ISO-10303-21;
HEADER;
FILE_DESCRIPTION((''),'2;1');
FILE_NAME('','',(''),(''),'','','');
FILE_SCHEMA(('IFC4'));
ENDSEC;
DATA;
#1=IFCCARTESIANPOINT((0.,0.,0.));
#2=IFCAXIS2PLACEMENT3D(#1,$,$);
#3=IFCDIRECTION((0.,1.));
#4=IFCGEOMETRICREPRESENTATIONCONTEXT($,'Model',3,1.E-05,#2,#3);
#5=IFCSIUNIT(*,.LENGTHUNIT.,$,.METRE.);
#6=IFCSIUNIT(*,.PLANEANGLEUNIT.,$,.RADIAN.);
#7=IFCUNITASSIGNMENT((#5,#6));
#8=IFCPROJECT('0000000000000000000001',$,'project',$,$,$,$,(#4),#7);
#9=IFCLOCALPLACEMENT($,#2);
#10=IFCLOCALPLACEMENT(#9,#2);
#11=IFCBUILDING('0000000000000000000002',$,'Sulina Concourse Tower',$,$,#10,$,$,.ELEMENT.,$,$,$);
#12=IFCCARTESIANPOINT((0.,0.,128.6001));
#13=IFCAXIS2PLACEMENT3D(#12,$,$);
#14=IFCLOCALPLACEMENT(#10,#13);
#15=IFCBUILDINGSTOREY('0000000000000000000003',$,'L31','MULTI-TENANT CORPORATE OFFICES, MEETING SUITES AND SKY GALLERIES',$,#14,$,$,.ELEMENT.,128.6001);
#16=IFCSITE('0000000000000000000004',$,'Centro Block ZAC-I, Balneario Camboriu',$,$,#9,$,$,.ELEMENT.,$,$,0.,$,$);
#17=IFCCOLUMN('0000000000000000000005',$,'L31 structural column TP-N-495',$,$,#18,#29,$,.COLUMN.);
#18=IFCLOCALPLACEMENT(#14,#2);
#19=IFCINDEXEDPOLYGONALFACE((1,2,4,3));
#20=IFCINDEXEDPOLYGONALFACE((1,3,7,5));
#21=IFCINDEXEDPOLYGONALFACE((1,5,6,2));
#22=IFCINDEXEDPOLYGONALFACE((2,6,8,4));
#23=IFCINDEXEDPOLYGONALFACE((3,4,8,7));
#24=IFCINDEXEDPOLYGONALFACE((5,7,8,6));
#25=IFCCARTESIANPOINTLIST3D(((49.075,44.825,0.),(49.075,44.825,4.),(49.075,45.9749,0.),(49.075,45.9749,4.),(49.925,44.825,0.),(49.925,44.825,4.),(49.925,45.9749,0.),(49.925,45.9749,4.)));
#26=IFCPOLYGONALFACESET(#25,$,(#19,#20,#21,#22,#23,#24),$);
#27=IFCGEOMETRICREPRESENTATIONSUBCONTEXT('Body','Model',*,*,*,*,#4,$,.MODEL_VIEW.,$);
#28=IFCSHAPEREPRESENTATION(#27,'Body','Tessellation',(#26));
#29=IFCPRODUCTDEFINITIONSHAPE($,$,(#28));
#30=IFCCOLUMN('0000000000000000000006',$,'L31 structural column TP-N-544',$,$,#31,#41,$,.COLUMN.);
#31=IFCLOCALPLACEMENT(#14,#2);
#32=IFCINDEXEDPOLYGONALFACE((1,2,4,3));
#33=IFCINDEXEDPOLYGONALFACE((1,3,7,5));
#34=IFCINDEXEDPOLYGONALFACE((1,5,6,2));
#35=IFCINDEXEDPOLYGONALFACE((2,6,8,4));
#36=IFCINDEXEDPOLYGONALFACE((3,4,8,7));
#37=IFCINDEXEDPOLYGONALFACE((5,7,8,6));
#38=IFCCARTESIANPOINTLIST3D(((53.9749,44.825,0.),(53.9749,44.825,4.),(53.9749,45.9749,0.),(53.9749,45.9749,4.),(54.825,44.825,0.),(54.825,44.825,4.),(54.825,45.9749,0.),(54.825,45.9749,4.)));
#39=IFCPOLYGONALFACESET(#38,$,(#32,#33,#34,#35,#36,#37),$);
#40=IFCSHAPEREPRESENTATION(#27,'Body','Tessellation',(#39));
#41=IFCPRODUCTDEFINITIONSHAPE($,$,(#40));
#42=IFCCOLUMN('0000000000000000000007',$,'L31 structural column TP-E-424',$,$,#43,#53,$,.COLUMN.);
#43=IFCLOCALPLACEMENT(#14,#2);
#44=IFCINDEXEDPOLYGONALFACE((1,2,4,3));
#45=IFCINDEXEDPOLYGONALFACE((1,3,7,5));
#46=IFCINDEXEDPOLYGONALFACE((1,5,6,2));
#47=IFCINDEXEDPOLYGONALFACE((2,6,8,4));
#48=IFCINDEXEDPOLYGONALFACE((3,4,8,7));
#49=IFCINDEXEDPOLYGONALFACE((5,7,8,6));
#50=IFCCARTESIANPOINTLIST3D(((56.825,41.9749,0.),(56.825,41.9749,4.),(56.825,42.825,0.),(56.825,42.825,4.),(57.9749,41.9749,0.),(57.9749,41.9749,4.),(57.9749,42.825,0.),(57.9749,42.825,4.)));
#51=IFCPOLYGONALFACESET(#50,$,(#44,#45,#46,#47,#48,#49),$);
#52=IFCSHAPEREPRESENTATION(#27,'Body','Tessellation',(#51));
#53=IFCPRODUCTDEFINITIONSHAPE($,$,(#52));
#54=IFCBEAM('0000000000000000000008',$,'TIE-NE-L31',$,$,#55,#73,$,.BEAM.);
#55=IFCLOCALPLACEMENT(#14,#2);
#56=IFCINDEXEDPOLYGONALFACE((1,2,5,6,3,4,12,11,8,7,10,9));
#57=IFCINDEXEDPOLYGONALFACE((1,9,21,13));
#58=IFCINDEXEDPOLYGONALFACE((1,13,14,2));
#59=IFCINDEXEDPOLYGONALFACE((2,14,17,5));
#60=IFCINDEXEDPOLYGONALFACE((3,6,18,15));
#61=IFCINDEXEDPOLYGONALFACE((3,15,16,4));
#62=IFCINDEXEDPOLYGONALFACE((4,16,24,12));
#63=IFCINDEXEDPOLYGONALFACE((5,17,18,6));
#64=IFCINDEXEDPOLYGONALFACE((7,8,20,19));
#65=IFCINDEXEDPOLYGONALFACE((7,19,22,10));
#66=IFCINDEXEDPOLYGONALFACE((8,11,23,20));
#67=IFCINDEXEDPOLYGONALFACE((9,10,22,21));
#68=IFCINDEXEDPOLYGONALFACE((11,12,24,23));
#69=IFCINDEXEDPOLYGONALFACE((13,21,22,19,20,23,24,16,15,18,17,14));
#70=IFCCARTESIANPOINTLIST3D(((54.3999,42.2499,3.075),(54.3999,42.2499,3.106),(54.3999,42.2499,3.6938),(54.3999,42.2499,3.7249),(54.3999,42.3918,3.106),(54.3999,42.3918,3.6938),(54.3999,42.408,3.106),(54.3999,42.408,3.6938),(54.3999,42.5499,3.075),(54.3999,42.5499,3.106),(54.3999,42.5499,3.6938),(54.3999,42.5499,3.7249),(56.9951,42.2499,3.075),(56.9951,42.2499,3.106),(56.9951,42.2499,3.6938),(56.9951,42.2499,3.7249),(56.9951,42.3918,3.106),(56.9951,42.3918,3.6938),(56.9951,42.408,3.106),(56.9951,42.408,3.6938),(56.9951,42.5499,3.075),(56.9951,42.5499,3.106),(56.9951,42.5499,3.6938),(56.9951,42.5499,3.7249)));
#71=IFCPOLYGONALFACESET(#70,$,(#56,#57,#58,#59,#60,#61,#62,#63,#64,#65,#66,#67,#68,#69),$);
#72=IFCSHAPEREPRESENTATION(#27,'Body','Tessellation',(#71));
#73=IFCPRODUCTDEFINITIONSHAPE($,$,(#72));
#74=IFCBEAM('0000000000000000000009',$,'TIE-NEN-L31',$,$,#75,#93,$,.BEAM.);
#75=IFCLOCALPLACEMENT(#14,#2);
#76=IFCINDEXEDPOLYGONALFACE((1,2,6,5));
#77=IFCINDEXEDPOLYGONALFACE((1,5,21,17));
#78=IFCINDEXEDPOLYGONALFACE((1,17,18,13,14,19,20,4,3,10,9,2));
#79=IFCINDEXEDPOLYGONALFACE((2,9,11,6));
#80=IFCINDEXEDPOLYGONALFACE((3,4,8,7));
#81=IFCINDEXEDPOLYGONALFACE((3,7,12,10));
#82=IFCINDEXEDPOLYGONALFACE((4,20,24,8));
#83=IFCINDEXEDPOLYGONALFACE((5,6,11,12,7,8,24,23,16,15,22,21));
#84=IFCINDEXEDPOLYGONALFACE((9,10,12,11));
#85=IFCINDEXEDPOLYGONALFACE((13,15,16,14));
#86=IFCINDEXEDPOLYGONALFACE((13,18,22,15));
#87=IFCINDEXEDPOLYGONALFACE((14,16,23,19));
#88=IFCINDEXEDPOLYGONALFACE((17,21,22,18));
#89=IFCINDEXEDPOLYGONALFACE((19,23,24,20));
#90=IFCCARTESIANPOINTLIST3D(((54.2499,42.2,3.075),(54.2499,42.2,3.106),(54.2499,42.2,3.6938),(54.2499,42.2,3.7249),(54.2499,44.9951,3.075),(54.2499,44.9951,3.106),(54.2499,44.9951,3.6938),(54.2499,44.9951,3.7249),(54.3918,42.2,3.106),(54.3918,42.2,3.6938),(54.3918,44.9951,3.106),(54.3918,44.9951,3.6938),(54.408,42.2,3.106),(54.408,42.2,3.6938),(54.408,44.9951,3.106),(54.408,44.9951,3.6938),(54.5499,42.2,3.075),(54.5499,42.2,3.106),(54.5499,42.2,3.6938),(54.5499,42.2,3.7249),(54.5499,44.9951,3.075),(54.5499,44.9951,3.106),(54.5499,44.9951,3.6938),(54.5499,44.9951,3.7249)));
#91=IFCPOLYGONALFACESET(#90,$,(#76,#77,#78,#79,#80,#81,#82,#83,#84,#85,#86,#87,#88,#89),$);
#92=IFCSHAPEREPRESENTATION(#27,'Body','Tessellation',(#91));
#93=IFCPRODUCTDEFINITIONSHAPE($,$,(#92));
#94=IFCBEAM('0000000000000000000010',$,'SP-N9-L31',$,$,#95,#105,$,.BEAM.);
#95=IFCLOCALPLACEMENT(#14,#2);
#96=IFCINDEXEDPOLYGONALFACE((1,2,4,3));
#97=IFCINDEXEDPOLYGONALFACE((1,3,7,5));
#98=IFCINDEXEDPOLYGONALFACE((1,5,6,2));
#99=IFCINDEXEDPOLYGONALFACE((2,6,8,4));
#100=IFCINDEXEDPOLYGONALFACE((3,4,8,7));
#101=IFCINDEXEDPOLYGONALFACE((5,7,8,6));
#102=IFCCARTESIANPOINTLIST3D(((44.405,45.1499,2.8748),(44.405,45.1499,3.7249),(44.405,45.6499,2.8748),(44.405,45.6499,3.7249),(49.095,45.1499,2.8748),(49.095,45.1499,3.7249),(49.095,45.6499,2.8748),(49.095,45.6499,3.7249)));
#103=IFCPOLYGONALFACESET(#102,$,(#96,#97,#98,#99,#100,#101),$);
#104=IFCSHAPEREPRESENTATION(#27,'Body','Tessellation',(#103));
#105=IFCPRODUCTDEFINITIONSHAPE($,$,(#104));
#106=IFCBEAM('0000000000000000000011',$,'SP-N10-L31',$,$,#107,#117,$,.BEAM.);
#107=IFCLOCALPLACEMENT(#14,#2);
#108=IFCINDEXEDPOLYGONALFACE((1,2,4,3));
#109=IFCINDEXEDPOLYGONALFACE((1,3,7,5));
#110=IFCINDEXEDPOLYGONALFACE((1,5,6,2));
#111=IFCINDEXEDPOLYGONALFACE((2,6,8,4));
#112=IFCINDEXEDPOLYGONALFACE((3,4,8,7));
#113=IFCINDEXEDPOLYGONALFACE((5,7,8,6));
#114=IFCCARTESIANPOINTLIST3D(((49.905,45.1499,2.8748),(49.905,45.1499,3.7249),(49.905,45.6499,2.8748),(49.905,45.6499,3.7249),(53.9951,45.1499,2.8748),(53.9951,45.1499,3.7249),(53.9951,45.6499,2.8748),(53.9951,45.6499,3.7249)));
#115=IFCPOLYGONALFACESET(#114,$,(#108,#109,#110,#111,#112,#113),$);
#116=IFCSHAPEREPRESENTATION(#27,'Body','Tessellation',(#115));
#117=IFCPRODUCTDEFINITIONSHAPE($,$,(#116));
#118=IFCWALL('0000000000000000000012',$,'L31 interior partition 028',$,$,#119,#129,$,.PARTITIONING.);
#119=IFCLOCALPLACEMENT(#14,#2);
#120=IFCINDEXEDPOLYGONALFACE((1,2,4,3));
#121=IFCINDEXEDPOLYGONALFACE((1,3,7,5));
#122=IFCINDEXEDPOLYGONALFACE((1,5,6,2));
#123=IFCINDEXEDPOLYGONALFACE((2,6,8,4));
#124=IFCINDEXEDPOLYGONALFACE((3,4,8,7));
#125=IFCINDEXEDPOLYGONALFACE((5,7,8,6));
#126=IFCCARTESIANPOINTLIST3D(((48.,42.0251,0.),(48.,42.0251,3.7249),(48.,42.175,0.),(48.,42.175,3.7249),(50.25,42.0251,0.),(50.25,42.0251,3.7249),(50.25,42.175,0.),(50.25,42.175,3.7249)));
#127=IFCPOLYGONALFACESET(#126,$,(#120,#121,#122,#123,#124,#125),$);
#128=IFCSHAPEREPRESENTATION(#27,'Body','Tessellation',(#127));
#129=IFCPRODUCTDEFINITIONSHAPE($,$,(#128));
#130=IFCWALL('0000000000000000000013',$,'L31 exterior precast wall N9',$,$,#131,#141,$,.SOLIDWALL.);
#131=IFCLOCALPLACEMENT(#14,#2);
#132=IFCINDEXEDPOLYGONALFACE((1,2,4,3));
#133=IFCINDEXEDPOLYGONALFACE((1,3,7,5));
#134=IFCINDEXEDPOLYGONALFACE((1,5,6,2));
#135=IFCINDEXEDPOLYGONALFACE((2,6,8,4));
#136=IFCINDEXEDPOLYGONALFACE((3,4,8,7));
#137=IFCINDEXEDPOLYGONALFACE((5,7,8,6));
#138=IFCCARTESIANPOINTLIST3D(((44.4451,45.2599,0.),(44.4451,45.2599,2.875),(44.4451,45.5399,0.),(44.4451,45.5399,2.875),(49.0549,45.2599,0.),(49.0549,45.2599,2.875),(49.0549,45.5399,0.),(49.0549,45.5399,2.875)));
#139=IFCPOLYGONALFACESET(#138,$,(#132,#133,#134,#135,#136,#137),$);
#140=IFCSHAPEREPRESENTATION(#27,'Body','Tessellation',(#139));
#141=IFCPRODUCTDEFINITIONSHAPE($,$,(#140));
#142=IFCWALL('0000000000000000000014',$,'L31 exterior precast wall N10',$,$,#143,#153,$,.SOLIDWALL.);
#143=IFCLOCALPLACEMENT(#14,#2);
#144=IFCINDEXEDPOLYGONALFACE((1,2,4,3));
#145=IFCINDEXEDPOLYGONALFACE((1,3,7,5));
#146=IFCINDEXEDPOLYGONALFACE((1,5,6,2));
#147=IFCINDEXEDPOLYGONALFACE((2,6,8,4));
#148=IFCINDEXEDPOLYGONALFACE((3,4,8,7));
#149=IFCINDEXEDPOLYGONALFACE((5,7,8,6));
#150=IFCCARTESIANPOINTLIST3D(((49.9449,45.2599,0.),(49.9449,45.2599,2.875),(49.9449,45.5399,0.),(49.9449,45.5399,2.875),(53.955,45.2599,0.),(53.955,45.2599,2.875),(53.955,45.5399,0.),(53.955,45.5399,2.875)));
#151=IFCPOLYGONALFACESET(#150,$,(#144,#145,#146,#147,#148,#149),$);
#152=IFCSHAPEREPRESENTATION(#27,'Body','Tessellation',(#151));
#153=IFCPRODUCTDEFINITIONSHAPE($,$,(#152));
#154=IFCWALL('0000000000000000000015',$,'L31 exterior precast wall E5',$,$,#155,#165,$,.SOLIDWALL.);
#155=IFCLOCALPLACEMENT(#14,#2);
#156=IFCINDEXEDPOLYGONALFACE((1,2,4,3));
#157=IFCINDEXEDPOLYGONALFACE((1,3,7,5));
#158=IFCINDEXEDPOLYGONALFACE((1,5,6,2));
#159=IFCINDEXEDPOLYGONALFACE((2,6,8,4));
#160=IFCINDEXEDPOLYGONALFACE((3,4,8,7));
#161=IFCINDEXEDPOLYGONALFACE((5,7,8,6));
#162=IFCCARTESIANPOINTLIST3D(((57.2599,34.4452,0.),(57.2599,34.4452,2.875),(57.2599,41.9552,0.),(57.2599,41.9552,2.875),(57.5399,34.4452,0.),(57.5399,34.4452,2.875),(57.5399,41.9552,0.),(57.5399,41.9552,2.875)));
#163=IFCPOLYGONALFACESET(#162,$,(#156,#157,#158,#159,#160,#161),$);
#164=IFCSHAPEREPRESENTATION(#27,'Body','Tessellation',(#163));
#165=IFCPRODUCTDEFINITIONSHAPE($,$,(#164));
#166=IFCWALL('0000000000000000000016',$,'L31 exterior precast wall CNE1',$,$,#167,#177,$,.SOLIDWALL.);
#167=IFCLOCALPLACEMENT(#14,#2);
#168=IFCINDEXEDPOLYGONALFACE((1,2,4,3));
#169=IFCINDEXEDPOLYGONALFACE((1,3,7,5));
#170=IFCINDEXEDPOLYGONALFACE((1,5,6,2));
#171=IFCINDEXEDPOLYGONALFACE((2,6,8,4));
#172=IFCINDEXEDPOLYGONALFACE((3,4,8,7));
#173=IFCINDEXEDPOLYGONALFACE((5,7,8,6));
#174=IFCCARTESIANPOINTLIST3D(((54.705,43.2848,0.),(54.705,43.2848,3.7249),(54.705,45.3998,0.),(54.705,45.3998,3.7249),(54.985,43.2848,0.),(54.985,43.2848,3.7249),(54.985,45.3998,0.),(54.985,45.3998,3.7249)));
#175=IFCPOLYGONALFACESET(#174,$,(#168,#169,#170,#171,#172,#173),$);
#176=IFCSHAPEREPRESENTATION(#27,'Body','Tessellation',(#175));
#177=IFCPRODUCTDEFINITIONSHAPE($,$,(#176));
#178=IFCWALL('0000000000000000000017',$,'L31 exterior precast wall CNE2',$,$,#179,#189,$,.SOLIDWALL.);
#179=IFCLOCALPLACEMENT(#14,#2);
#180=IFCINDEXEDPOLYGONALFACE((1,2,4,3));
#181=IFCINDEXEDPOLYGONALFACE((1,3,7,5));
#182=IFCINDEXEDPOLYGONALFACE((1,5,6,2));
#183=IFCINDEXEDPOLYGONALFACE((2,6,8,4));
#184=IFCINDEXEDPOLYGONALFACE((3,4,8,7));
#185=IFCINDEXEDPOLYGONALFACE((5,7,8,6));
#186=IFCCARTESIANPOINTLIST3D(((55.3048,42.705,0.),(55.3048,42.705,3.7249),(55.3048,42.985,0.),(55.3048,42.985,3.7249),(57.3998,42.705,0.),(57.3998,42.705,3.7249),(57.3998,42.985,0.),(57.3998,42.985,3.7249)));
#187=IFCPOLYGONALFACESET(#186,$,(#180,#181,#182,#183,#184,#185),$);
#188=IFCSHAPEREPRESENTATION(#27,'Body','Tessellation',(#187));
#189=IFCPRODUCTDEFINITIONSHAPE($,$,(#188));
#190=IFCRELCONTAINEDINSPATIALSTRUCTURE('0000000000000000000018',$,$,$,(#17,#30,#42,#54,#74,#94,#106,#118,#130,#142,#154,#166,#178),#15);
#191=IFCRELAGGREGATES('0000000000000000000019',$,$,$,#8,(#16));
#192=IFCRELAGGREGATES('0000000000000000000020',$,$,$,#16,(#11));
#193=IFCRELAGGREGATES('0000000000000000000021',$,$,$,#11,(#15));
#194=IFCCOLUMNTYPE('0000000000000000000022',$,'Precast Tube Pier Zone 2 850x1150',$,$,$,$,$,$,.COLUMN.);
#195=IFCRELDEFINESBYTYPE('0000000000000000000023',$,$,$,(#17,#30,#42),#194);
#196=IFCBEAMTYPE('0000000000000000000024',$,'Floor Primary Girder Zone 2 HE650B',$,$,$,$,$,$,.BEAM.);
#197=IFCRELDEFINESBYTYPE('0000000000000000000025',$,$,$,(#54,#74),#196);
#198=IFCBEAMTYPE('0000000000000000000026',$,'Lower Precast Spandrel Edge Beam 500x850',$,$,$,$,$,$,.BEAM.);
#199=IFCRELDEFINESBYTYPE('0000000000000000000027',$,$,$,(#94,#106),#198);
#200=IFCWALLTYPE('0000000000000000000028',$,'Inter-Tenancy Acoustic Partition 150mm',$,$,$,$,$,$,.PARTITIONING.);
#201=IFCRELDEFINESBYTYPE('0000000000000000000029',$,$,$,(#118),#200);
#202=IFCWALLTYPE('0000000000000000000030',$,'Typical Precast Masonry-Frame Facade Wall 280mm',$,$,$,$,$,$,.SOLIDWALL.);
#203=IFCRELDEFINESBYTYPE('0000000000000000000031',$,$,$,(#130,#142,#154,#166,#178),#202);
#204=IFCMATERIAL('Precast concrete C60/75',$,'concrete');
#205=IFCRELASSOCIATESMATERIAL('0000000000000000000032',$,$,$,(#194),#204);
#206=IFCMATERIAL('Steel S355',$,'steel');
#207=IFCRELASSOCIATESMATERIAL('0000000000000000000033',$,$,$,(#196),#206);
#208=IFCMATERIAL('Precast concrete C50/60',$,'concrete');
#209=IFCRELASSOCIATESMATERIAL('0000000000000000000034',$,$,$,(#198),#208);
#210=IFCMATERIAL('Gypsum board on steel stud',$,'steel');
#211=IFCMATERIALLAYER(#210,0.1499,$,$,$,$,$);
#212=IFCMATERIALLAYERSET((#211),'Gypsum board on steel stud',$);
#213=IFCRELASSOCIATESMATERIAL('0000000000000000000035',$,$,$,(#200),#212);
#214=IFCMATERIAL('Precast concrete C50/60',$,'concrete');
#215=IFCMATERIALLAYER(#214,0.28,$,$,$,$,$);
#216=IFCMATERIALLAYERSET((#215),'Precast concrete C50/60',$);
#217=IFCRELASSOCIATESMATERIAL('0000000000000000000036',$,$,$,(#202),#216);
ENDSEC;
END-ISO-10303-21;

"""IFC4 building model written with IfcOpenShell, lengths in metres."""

from ifc_helpers import new_model, si_unit, direction, frame, frame_2d, origin, origin_2d, place, context, subcontext, project, spatial, rectangle, i_section, extrude, material, layer, layer_set, material_profile, profile_set, type_object, element, save


model = new_model("IFC4")

# Units and contexts
model_context = context("Model", 3, precision=1e-05, world=origin(), true_north=direction((0.0, 1.0)))
body_context = subcontext(model_context, "Body", "Model", "MODEL_VIEW")
ifc_project = project(units=[si_unit("LENGTHUNIT", "METRE"), si_unit("PLANEANGLEUNIT", "RADIAN")], contexts=[model_context])

# Site, building, storey
site_placement = place(None, origin())
site = spatial("IfcSite", under=ifc_project, at=site_placement, Name="Centro Block ZAC-I, Balneario Camboriu", CompositionType="ELEMENT", RefElevation=0.0)
building_placement = place(site_placement, origin())
building = spatial("IfcBuilding", under=site, at=building_placement, Name="Sulina Concourse Tower", CompositionType="ELEMENT")
storey_placement = place(building_placement, frame((0.0, 0.0, 128.6001)))
storey = spatial("IfcBuildingStorey", under=building, at=storey_placement, Name="L31", Description="MULTI-TENANT CORPORATE OFFICES, MEETING SUITES AND SKY GALLERIES", CompositionType="ELEMENT", Elevation=128.6001)

# Columns
ifc_material_1 = material(Name="Precast concrete C60/75", Category="concrete")
ifc_material_profile_1 = material_profile(ifc_material_1, rectangle(XDim=0.8501, YDim=1.1499, at=origin_2d()), Name="PC 850x1150")
ifc_profile_set_1 = profile_set([ifc_material_profile_1], Name="Precast concrete C60/75")
column_type = type_object("IfcColumnType", Name="Precast Tube Pier Zone 2 850x1150", PredefinedType="COLUMN", material=ifc_profile_set_1)
for number, where, z_axis, x_axis, name in (
    (1, (49.5, 45.3999, 0.0), (0.0, 0.0, 1.0), (1.0, 0.0, 0.0), "L31 structural column TP-N-495"),
    (2, (54.3999, 45.3999, 0.0), (0.0, 0.0, 1.0), (1.0, 0.0, 0.0), "L31 structural column TP-N-544"),
    (3, (57.3999, 42.3999, 0.0), (0.0, 0.0, 1.0), (0.0, 1.0, 0.0), "L31 structural column TP-E-424"),
):
    element("IfcColumn", number, at=place(storey_placement, frame(where, z_axis=z_axis, x_axis=x_axis)), inside=storey, type_object=column_type, Name=name, PredefinedType="COLUMN", context=body_context, shape_type="SweptSolid", body=[
        extrude(rectangle(XDim=0.8501, YDim=1.1499, at=origin_2d()), origin(), (0.0, 0.0, 1.0), 4.0),
    ])

# Beams
ifc_material_2 = material(Name="Steel S355", Category="steel")
ifc_material_profile_2 = material_profile(ifc_material_2, i_section(OverallWidth=0.3, OverallDepth=0.6499, WebThickness=0.0161, FlangeThickness=0.031, at=origin_2d()), Name="HE 650 B")
ifc_profile_set_2 = profile_set([ifc_material_profile_2], Name="Steel S355")
beam_type_1 = type_object("IfcBeamType", Name="Floor Primary Girder Zone 2 HE650B", PredefinedType="BEAM", material=ifc_profile_set_2)
beam_1_placement = place(storey_placement, frame((54.3999, 42.3999, 3.3999), z_axis=(1.0, 0.0, 0.0), x_axis=(0.0, 1.0, 0.0)))
element("IfcBeam", 4, at=beam_1_placement, inside=storey, type_object=beam_type_1, Name="TIE-NE-L31", PredefinedType="BEAM", context=body_context, shape_type="SweptSolid", body=[
    extrude(i_section(OverallWidth=0.3, OverallDepth=0.6499, WebThickness=0.0161, FlangeThickness=0.031, at=origin_2d()), origin(), (0.0, 0.0, 1.0), 2.5952),
])
beam_2_placement = place(storey_placement, frame((54.3999, 42.2, 3.3999), z_axis=(0.0, 1.0, 0.0), x_axis=(-1.0, 0.0, 0.0)))
element("IfcBeam", 5, at=beam_2_placement, inside=storey, type_object=beam_type_1, Name="TIE-NEN-L31", PredefinedType="BEAM", context=body_context, shape_type="SweptSolid", body=[
    extrude(i_section(OverallWidth=0.3, OverallDepth=0.6499, WebThickness=0.0161, FlangeThickness=0.031, at=origin_2d()), origin(), (0.0, 0.0, 1.0), 2.7952),
])
ifc_material_3 = material(Name="Precast concrete C50/60", Category="concrete")
ifc_material_profile_3 = material_profile(ifc_material_3, rectangle(XDim=0.5, YDim=0.8501, at=origin_2d()), Name="RC 500x850")
ifc_profile_set_3 = profile_set([ifc_material_profile_3], Name="Precast concrete C50/60")
beam_type_2 = type_object("IfcBeamType", Name="Lower Precast Spandrel Edge Beam 500x850", PredefinedType="BEAM", material=ifc_profile_set_3)
beam_3_placement = place(storey_placement, frame((44.405, 45.3999, 3.2998), z_axis=(1.0, 0.0, 0.0), x_axis=(0.0, 1.0, 0.0)))
element("IfcBeam", 6, at=beam_3_placement, inside=storey, type_object=beam_type_2, Name="SP-N9-L31", PredefinedType="BEAM", context=body_context, shape_type="SweptSolid", body=[
    extrude(rectangle(XDim=0.5, YDim=0.8501, at=origin_2d()), origin(), (0.0, 0.0, 1.0), 4.6899),
])
beam_4_placement = place(storey_placement, frame((49.905, 45.3999, 3.2998), z_axis=(1.0, 0.0, 0.0), x_axis=(0.0, 1.0, 0.0)))
element("IfcBeam", 7, at=beam_4_placement, inside=storey, type_object=beam_type_2, Name="SP-N10-L31", PredefinedType="BEAM", context=body_context, shape_type="SweptSolid", body=[
    extrude(rectangle(XDim=0.5, YDim=0.8501, at=origin_2d()), origin(), (0.0, 0.0, 1.0), 4.0901),
])

# Walls
ifc_material_4 = material(Name="Gypsum board on steel stud", Category="steel")
ifc_layer_1 = layer(ifc_material_4, 0.1499)
ifc_layer_set_1 = layer_set([ifc_layer_1], Name="Gypsum board on steel stud")
wall_type_1 = type_object("IfcWallType", Name="Inter-Tenancy Acoustic Partition 150mm", PredefinedType="PARTITIONING", material=ifc_layer_set_1)
wall_1_placement = place(storey_placement, frame((48.0, 42.1001, 0.0), z_axis=(0.0, 0.0, 1.0), x_axis=(1.0, 0.0, 0.0)))
element("IfcWall", 8, at=wall_1_placement, inside=storey, type_object=wall_type_1, Name="L31 interior partition 028", PredefinedType="PARTITIONING", context=body_context, shape_type="SweptSolid", body=[
    extrude(rectangle(XDim=2.25, YDim=0.1499, at=frame_2d((1.125, 0.0))), origin(), (0.0, 0.0, 1.0), 3.7249),
])
ifc_material_5 = material(Name="Precast concrete C50/60", Category="concrete")
ifc_layer_2 = layer(ifc_material_5, 0.28)
ifc_layer_set_2 = layer_set([ifc_layer_2], Name="Precast concrete C50/60")
wall_type_2 = type_object("IfcWallType", Name="Typical Precast Masonry-Frame Facade Wall 280mm", PredefinedType="SOLIDWALL", material=ifc_layer_set_2)
wall_2_placement = place(storey_placement, frame((44.4451, 45.3999, 0.0), z_axis=(0.0, 0.0, 1.0), x_axis=(1.0, 0.0, 0.0)))
element("IfcWall", 9, at=wall_2_placement, inside=storey, type_object=wall_type_2, Name="L31 exterior precast wall N9", PredefinedType="SOLIDWALL", context=body_context, shape_type="SweptSolid", body=[
    extrude(rectangle(XDim=4.6099, YDim=0.28, at=frame_2d((2.3049, 0.0))), origin(), (0.0, 0.0, 1.0), 2.875),
])
wall_3_placement = place(storey_placement, frame((49.9451, 45.3999, 0.0), z_axis=(0.0, 0.0, 1.0), x_axis=(1.0, 0.0, 0.0)))
element("IfcWall", 10, at=wall_3_placement, inside=storey, type_object=wall_type_2, Name="L31 exterior precast wall N10", PredefinedType="SOLIDWALL", context=body_context, shape_type="SweptSolid", body=[
    extrude(rectangle(XDim=4.01, YDim=0.28, at=frame_2d((2.0049, 0.0))), origin(), (0.0, 0.0, 1.0), 2.875),
])
wall_4_placement = place(storey_placement, frame((57.3999, 41.9551, 0.0), z_axis=(0.0, 0.0, 1.0), x_axis=(0.0, -1.0, 0.0)))
element("IfcWall", 11, at=wall_4_placement, inside=storey, type_object=wall_type_2, Name="L31 exterior precast wall E5", PredefinedType="SOLIDWALL", context=body_context, shape_type="SweptSolid", body=[
    extrude(rectangle(XDim=7.51, YDim=0.28, at=frame_2d((3.7549, 0.0))), origin(), (0.0, 0.0, 1.0), 2.875),
])
wall_5_placement = place(storey_placement, frame((54.845, 45.3999, 0.0), z_axis=(0.0, 0.0, 1.0), x_axis=(0.0, -1.0, 0.0)))
element("IfcWall", 12, at=wall_5_placement, inside=storey, type_object=wall_type_2, Name="L31 exterior precast wall CNE1", PredefinedType="SOLIDWALL", context=body_context, shape_type="SweptSolid", body=[
    extrude(rectangle(XDim=2.115, YDim=0.28, at=frame_2d((1.0576, 0.0))), origin(), (0.0, 0.0, 1.0), 3.7249),
])
wall_6_placement = place(storey_placement, frame((55.3049, 42.845, 0.0), z_axis=(0.0, 0.0, 1.0), x_axis=(1.0, 0.0, 0.0)))
element("IfcWall", 13, at=wall_6_placement, inside=storey, type_object=wall_type_2, Name="L31 exterior precast wall CNE2", PredefinedType="SOLIDWALL", context=body_context, shape_type="SweptSolid", body=[
    extrude(rectangle(XDim=2.095, YDim=0.28, at=frame_2d((1.0474, 0.0))), origin(), (0.0, 0.0, 1.0), 3.7249),
])

save(model, "model.ifc")
